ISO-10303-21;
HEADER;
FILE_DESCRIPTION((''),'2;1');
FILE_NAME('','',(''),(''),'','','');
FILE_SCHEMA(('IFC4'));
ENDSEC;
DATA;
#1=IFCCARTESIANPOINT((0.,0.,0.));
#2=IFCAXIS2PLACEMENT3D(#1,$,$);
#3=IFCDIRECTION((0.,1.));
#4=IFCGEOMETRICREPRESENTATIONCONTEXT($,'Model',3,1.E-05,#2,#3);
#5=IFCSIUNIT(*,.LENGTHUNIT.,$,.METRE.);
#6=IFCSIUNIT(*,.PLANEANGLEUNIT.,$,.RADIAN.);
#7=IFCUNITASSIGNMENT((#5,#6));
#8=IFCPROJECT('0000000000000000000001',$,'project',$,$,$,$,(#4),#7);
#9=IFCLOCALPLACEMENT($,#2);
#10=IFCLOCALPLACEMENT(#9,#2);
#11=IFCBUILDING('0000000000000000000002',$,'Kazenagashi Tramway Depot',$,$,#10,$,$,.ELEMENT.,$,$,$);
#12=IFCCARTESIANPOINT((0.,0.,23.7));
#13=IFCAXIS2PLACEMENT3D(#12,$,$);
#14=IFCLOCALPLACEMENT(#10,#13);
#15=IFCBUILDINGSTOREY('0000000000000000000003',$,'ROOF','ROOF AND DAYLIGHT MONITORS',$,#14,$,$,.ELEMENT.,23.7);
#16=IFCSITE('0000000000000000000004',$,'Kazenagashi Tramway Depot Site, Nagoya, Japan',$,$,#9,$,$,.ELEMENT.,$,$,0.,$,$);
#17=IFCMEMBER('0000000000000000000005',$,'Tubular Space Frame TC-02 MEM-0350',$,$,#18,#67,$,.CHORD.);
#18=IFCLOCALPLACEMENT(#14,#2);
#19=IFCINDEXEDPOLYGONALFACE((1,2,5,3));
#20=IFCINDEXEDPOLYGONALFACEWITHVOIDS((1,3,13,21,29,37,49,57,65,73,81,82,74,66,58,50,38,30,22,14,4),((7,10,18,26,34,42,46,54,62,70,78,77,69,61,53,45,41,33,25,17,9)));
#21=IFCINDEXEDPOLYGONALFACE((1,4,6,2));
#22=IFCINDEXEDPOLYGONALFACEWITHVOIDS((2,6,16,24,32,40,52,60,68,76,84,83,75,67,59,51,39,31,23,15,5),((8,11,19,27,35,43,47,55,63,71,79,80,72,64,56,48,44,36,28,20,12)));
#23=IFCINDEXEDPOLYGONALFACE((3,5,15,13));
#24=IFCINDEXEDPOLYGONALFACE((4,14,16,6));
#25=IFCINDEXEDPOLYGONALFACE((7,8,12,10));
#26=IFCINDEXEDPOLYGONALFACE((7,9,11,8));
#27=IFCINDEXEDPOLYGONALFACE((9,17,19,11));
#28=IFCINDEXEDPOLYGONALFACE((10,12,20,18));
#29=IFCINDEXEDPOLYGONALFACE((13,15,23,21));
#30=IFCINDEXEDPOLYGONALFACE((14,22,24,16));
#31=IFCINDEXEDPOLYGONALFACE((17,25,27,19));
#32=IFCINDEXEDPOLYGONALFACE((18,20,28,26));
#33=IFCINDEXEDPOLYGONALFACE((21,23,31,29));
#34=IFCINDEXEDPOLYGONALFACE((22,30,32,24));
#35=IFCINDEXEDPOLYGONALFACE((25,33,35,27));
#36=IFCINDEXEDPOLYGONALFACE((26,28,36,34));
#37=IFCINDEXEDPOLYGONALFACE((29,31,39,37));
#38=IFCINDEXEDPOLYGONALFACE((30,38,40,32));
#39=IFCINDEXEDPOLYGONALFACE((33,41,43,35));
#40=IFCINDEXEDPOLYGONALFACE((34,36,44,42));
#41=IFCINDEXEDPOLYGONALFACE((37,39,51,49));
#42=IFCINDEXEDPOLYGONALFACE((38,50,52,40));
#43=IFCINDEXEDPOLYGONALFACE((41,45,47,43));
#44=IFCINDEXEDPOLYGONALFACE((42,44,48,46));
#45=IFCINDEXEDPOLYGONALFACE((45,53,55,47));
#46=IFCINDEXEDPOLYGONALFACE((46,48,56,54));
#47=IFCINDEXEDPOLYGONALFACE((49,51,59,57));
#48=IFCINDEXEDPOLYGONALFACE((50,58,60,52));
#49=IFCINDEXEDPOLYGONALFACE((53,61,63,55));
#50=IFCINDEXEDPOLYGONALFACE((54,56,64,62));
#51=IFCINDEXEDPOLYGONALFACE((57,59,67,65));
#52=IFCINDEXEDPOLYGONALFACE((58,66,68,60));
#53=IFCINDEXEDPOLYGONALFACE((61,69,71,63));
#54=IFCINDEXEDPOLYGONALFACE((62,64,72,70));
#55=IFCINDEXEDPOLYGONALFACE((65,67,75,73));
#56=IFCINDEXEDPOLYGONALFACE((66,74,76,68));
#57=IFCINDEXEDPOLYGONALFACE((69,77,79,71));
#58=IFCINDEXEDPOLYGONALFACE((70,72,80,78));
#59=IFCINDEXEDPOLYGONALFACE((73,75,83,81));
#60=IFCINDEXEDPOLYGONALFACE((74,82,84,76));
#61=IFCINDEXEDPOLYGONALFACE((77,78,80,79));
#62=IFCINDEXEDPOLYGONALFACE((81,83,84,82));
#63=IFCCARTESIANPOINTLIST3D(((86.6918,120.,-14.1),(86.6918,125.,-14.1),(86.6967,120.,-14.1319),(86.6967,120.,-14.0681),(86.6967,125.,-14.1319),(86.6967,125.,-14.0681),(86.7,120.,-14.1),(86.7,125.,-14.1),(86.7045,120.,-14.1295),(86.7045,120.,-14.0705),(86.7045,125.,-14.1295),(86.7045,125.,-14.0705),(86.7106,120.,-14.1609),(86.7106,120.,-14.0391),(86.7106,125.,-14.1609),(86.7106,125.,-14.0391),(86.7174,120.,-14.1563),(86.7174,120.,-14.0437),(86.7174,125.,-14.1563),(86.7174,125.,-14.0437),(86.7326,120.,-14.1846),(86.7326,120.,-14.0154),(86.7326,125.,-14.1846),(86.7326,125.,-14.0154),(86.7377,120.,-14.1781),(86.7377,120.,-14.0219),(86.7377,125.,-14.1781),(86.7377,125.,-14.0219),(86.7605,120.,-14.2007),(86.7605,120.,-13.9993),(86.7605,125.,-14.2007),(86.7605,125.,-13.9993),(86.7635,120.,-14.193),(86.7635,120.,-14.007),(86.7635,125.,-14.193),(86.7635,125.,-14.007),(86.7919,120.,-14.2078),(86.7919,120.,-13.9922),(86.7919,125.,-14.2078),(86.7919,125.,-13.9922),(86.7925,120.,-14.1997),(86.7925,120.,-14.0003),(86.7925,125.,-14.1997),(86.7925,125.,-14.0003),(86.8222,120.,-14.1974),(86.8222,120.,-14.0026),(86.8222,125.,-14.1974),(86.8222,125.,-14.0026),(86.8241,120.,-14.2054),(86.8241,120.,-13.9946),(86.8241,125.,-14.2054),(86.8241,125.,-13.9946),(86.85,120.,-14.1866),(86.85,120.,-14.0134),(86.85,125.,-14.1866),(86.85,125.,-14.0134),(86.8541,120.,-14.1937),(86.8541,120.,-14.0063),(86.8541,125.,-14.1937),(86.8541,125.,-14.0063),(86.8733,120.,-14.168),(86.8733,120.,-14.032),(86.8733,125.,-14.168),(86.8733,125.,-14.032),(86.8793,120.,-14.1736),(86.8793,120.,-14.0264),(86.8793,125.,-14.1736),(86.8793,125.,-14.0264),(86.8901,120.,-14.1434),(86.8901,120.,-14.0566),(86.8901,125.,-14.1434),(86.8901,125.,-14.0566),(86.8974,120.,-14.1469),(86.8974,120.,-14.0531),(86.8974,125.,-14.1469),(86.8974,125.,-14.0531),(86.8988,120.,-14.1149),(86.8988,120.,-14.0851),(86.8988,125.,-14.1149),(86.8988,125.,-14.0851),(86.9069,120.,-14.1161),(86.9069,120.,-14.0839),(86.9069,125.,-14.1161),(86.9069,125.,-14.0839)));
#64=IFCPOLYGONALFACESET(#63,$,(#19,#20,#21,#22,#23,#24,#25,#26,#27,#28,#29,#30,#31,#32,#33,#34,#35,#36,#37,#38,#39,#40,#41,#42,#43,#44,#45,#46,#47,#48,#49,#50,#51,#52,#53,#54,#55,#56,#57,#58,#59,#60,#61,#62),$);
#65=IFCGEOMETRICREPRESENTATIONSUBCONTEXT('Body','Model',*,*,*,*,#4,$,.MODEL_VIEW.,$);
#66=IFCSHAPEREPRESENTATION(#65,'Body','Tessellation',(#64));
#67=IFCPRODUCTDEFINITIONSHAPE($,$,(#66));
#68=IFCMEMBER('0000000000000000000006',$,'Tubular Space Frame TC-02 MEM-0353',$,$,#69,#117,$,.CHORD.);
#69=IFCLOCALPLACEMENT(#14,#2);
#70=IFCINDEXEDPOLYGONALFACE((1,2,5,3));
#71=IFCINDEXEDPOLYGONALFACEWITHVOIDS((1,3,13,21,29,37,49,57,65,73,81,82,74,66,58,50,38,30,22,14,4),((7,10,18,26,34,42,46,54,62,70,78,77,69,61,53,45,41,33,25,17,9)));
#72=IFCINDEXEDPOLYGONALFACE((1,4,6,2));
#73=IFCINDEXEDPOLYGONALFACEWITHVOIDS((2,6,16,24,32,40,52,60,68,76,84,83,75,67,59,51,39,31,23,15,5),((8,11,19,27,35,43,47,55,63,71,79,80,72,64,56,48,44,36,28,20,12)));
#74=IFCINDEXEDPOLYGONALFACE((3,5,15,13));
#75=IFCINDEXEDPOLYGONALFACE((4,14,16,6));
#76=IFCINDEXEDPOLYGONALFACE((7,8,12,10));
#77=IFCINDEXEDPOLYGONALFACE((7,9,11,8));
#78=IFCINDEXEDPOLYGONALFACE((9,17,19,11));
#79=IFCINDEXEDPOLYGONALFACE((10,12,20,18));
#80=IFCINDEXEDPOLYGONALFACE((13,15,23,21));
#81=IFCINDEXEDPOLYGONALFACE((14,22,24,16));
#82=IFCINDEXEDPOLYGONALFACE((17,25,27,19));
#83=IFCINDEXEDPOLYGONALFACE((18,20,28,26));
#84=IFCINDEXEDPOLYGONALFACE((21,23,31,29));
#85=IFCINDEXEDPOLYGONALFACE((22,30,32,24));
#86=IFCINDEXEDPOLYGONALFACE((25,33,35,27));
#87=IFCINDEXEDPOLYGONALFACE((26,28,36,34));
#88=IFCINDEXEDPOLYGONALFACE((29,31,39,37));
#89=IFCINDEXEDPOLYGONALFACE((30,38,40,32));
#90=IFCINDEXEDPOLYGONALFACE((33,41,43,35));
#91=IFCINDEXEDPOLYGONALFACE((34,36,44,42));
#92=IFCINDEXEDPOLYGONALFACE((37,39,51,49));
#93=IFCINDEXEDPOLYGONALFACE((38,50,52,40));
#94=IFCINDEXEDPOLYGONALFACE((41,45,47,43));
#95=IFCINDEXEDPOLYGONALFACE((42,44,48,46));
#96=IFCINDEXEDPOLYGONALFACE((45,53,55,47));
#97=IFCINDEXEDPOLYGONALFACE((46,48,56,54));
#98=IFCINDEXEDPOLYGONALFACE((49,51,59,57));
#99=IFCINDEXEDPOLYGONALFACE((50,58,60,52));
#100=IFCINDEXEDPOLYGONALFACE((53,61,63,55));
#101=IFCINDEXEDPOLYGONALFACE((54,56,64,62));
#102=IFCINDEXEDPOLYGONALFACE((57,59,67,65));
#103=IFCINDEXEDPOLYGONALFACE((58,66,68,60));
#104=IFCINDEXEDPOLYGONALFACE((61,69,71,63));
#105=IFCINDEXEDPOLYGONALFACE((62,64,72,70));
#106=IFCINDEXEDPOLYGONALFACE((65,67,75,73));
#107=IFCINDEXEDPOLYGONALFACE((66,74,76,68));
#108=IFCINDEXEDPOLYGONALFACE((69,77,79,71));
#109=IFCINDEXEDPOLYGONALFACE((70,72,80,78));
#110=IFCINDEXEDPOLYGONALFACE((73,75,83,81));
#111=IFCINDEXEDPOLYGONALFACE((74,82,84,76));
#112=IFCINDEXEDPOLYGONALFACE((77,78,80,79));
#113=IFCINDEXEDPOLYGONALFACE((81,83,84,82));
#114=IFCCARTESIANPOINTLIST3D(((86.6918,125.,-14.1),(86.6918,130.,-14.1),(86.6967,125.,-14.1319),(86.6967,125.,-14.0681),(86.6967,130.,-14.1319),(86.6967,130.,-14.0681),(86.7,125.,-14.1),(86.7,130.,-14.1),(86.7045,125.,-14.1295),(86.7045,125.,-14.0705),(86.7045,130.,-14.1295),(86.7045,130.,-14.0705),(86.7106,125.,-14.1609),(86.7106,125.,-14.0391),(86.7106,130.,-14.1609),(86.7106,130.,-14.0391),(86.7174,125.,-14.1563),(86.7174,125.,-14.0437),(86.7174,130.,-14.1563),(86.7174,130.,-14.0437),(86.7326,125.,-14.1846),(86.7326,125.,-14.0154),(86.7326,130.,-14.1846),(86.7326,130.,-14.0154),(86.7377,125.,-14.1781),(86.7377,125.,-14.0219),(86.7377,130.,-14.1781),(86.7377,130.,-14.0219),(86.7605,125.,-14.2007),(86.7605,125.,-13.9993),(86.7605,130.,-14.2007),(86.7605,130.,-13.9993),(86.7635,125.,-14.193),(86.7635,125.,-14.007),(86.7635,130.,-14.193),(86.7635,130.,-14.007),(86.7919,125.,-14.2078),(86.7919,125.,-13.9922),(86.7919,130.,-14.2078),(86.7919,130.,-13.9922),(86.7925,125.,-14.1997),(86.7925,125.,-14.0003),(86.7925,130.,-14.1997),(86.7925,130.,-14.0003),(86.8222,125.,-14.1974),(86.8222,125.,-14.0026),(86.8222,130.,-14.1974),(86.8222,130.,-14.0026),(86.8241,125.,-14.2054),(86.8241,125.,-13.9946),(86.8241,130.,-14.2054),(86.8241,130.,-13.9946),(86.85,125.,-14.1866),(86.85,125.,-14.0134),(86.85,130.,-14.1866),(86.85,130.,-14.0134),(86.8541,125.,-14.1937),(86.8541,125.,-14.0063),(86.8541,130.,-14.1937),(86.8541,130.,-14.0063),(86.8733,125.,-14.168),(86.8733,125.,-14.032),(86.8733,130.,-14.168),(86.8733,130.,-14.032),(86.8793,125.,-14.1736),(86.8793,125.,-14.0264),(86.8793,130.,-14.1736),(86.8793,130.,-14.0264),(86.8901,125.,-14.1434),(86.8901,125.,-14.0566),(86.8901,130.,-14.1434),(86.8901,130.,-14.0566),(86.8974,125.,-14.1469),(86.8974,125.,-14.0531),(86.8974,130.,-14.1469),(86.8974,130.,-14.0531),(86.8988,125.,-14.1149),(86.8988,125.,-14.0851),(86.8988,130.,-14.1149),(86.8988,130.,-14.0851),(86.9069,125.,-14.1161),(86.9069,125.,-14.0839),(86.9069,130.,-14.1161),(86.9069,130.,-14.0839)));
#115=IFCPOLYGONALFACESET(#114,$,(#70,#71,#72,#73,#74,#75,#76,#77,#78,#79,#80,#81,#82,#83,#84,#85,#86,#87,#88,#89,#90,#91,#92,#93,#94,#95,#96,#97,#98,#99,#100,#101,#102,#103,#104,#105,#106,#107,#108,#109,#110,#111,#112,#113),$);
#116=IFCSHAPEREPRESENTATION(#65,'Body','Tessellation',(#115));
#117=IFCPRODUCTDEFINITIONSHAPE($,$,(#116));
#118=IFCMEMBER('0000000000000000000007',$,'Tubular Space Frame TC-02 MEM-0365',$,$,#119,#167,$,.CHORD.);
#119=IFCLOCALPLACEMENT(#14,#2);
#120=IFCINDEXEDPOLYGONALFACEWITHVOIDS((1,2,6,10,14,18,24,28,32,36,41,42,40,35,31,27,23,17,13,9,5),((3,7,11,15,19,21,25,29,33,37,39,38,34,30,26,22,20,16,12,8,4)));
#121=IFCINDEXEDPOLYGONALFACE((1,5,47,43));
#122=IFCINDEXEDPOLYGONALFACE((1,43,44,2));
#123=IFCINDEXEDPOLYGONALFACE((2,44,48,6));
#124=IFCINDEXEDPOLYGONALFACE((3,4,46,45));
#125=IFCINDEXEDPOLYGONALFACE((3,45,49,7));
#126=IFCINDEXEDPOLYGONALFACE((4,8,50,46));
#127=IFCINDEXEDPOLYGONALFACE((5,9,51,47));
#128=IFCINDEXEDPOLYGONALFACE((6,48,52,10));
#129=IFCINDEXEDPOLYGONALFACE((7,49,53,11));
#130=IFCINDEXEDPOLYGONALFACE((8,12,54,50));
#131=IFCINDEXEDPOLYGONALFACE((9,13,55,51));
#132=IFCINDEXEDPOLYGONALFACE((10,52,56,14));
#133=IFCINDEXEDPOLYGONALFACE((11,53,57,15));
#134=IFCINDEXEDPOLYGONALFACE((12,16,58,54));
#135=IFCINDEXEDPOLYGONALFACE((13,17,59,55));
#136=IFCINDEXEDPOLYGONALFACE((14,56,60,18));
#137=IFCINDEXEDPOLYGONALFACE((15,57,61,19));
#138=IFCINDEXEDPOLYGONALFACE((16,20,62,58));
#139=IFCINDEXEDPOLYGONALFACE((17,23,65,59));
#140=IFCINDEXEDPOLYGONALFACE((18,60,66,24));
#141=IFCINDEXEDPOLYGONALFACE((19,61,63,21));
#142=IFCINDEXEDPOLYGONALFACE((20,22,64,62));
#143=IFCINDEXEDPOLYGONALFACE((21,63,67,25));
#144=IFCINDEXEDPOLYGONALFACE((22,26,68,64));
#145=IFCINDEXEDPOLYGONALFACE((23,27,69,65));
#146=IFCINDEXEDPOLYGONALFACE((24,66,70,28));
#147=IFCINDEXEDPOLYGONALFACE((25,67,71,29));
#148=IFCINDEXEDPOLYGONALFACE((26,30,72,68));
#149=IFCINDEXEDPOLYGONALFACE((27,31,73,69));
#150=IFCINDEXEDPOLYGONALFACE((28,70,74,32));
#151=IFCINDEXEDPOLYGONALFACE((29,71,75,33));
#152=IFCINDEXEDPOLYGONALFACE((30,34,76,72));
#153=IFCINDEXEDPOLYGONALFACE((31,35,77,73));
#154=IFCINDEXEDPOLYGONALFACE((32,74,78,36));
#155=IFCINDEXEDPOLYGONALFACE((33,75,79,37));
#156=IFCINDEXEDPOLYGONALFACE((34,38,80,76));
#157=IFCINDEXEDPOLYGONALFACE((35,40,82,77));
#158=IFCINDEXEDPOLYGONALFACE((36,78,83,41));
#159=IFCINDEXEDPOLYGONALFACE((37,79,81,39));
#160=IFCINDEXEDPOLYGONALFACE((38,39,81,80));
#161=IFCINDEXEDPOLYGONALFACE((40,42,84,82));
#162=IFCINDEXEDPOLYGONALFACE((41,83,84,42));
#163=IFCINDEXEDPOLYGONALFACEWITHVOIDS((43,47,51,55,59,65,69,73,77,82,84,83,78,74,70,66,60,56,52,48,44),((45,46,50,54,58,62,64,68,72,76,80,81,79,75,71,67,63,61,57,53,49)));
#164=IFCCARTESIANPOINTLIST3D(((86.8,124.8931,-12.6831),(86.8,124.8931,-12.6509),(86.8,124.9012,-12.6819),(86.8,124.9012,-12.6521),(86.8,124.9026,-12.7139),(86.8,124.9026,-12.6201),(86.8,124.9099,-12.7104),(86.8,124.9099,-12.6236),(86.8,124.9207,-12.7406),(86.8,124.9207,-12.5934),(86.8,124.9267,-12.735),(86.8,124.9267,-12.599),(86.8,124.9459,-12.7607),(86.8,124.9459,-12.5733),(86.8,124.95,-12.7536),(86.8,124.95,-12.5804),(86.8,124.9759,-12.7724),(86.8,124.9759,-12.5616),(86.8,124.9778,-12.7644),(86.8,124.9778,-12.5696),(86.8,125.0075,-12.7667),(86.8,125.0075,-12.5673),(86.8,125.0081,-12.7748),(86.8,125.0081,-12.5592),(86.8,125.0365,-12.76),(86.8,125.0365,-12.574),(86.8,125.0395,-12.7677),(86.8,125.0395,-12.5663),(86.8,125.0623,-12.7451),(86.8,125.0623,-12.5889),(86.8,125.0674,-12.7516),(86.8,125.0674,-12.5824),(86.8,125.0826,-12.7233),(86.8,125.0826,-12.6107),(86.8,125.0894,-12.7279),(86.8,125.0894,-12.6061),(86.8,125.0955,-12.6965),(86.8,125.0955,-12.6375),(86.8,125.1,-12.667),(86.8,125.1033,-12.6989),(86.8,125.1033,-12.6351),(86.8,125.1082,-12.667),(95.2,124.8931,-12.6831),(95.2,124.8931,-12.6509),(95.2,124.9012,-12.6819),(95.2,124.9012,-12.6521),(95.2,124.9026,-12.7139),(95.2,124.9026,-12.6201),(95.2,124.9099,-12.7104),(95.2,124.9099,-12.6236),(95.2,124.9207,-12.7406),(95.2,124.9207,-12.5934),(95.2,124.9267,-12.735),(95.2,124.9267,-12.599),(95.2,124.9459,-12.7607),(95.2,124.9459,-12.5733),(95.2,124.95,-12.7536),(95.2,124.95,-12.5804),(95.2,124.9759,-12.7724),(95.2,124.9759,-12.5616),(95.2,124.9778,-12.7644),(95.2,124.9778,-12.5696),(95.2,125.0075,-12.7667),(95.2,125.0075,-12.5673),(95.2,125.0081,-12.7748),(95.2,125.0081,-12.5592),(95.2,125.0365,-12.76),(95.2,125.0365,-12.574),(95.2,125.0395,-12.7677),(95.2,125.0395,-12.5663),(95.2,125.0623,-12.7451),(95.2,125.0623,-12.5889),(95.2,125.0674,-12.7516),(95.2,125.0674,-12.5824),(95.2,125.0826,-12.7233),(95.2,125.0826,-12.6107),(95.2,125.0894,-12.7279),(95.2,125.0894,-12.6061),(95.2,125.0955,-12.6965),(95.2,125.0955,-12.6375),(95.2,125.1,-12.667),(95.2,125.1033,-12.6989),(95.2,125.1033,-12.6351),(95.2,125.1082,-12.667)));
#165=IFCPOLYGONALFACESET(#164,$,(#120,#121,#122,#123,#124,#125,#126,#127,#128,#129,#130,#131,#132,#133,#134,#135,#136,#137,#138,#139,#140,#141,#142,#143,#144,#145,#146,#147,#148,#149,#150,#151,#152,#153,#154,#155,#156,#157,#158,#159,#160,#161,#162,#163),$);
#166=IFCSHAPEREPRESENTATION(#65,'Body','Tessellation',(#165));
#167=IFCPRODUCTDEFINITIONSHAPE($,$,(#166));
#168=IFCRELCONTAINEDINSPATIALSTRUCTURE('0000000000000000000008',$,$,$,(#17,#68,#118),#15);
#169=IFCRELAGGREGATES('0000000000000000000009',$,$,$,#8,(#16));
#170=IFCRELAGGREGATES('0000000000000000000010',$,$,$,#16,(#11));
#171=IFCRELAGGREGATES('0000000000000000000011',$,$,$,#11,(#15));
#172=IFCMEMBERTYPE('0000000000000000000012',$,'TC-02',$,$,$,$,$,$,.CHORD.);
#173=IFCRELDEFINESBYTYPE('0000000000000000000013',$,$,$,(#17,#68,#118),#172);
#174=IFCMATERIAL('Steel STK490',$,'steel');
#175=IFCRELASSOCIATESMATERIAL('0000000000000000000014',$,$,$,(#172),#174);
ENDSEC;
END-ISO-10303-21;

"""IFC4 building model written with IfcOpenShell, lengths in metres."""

from ifc_helpers import new_model, si_unit, direction, frame, origin, origin_2d, place, context, subcontext, project, spatial, hollow_circle, extrude, material, material_profile, profile_set, type_object, element, save


model = new_model("IFC4")

# Units and contexts
model_context = context("Model", 3, precision=1e-05, world=origin(), true_north=direction((0.0, 1.0)))
body_context = subcontext(model_context, "Body", "Model", "MODEL_VIEW")
ifc_project = project(units=[si_unit("LENGTHUNIT", "METRE"), si_unit("PLANEANGLEUNIT", "RADIAN")], contexts=[model_context])

# Site, building, storey
site_placement = place(None, origin())
site = spatial("IfcSite", under=ifc_project, at=site_placement, Name="Kazenagashi Tramway Depot Site, Nagoya, Japan", CompositionType="ELEMENT", RefElevation=0.0)
building_placement = place(site_placement, origin())
building = spatial("IfcBuilding", under=site, at=building_placement, Name="Kazenagashi Tramway Depot", CompositionType="ELEMENT")
storey_placement = place(building_placement, frame((0.0, 0.0, 23.7)))
storey = spatial("IfcBuildingStorey", under=building, at=storey_placement, Name="ROOF", Description="ROOF AND DAYLIGHT MONITORS", CompositionType="ELEMENT", Elevation=23.7)

# Members
ifc_material_1 = material(Name="Steel STK490", Category="steel")
ifc_material_profile_1 = material_profile(ifc_material_1, hollow_circle(Radius=0.1081, WallThickness=0.0082, at=origin_2d()), Name="CHS-216.3x8.2")
ifc_profile_set_1 = profile_set([ifc_material_profile_1], Name="Steel STK490")
member_type_1 = type_object("IfcMemberType", Name="TC-02", PredefinedType="CHORD", material=ifc_profile_set_1)
for number, where, z_axis, x_axis, name in (
    (1, (86.8, 120.0, -14.1), (0.0, 1.0, 0.0), (-1.0, 0.0, 0.0), "Tubular Space Frame TC-02 MEM-0350"),
    (2, (86.8, 125.0, -14.1), (0.0, 1.0, 0.0), (-1.0, 0.0, 0.0), "Tubular Space Frame TC-02 MEM-0353"),
):
    element("IfcMember", number, at=place(storey_placement, frame(where, z_axis=z_axis, x_axis=x_axis)), inside=storey, type_object=member_type_1, Name=name, PredefinedType="CHORD", context=body_context, shape_type="SweptSolid", body=[
        extrude(hollow_circle(Radius=0.1081, WallThickness=0.0082, at=origin_2d()), origin(), (0.0, 0.0, 1.0), 5.0),
    ])
for number, where, z_axis, x_axis, name in (
    (3, (86.8, 125.0, -12.667), (1.0, 0.0, 0.0), (0.0, 1.0, 0.0), "Tubular Space Frame TC-02 MEM-0365"),
):
    element("IfcMember", number, at=place(storey_placement, frame(where, z_axis=z_axis, x_axis=x_axis)), inside=storey, type_object=member_type_1, Name=name, PredefinedType="CHORD", context=body_context, shape_type="SweptSolid", body=[
        extrude(hollow_circle(Radius=0.1081, WallThickness=0.0082, at=origin_2d()), origin(), (0.0, 0.0, 1.0), 8.4),
    ])

save(model, "model.ifc")
